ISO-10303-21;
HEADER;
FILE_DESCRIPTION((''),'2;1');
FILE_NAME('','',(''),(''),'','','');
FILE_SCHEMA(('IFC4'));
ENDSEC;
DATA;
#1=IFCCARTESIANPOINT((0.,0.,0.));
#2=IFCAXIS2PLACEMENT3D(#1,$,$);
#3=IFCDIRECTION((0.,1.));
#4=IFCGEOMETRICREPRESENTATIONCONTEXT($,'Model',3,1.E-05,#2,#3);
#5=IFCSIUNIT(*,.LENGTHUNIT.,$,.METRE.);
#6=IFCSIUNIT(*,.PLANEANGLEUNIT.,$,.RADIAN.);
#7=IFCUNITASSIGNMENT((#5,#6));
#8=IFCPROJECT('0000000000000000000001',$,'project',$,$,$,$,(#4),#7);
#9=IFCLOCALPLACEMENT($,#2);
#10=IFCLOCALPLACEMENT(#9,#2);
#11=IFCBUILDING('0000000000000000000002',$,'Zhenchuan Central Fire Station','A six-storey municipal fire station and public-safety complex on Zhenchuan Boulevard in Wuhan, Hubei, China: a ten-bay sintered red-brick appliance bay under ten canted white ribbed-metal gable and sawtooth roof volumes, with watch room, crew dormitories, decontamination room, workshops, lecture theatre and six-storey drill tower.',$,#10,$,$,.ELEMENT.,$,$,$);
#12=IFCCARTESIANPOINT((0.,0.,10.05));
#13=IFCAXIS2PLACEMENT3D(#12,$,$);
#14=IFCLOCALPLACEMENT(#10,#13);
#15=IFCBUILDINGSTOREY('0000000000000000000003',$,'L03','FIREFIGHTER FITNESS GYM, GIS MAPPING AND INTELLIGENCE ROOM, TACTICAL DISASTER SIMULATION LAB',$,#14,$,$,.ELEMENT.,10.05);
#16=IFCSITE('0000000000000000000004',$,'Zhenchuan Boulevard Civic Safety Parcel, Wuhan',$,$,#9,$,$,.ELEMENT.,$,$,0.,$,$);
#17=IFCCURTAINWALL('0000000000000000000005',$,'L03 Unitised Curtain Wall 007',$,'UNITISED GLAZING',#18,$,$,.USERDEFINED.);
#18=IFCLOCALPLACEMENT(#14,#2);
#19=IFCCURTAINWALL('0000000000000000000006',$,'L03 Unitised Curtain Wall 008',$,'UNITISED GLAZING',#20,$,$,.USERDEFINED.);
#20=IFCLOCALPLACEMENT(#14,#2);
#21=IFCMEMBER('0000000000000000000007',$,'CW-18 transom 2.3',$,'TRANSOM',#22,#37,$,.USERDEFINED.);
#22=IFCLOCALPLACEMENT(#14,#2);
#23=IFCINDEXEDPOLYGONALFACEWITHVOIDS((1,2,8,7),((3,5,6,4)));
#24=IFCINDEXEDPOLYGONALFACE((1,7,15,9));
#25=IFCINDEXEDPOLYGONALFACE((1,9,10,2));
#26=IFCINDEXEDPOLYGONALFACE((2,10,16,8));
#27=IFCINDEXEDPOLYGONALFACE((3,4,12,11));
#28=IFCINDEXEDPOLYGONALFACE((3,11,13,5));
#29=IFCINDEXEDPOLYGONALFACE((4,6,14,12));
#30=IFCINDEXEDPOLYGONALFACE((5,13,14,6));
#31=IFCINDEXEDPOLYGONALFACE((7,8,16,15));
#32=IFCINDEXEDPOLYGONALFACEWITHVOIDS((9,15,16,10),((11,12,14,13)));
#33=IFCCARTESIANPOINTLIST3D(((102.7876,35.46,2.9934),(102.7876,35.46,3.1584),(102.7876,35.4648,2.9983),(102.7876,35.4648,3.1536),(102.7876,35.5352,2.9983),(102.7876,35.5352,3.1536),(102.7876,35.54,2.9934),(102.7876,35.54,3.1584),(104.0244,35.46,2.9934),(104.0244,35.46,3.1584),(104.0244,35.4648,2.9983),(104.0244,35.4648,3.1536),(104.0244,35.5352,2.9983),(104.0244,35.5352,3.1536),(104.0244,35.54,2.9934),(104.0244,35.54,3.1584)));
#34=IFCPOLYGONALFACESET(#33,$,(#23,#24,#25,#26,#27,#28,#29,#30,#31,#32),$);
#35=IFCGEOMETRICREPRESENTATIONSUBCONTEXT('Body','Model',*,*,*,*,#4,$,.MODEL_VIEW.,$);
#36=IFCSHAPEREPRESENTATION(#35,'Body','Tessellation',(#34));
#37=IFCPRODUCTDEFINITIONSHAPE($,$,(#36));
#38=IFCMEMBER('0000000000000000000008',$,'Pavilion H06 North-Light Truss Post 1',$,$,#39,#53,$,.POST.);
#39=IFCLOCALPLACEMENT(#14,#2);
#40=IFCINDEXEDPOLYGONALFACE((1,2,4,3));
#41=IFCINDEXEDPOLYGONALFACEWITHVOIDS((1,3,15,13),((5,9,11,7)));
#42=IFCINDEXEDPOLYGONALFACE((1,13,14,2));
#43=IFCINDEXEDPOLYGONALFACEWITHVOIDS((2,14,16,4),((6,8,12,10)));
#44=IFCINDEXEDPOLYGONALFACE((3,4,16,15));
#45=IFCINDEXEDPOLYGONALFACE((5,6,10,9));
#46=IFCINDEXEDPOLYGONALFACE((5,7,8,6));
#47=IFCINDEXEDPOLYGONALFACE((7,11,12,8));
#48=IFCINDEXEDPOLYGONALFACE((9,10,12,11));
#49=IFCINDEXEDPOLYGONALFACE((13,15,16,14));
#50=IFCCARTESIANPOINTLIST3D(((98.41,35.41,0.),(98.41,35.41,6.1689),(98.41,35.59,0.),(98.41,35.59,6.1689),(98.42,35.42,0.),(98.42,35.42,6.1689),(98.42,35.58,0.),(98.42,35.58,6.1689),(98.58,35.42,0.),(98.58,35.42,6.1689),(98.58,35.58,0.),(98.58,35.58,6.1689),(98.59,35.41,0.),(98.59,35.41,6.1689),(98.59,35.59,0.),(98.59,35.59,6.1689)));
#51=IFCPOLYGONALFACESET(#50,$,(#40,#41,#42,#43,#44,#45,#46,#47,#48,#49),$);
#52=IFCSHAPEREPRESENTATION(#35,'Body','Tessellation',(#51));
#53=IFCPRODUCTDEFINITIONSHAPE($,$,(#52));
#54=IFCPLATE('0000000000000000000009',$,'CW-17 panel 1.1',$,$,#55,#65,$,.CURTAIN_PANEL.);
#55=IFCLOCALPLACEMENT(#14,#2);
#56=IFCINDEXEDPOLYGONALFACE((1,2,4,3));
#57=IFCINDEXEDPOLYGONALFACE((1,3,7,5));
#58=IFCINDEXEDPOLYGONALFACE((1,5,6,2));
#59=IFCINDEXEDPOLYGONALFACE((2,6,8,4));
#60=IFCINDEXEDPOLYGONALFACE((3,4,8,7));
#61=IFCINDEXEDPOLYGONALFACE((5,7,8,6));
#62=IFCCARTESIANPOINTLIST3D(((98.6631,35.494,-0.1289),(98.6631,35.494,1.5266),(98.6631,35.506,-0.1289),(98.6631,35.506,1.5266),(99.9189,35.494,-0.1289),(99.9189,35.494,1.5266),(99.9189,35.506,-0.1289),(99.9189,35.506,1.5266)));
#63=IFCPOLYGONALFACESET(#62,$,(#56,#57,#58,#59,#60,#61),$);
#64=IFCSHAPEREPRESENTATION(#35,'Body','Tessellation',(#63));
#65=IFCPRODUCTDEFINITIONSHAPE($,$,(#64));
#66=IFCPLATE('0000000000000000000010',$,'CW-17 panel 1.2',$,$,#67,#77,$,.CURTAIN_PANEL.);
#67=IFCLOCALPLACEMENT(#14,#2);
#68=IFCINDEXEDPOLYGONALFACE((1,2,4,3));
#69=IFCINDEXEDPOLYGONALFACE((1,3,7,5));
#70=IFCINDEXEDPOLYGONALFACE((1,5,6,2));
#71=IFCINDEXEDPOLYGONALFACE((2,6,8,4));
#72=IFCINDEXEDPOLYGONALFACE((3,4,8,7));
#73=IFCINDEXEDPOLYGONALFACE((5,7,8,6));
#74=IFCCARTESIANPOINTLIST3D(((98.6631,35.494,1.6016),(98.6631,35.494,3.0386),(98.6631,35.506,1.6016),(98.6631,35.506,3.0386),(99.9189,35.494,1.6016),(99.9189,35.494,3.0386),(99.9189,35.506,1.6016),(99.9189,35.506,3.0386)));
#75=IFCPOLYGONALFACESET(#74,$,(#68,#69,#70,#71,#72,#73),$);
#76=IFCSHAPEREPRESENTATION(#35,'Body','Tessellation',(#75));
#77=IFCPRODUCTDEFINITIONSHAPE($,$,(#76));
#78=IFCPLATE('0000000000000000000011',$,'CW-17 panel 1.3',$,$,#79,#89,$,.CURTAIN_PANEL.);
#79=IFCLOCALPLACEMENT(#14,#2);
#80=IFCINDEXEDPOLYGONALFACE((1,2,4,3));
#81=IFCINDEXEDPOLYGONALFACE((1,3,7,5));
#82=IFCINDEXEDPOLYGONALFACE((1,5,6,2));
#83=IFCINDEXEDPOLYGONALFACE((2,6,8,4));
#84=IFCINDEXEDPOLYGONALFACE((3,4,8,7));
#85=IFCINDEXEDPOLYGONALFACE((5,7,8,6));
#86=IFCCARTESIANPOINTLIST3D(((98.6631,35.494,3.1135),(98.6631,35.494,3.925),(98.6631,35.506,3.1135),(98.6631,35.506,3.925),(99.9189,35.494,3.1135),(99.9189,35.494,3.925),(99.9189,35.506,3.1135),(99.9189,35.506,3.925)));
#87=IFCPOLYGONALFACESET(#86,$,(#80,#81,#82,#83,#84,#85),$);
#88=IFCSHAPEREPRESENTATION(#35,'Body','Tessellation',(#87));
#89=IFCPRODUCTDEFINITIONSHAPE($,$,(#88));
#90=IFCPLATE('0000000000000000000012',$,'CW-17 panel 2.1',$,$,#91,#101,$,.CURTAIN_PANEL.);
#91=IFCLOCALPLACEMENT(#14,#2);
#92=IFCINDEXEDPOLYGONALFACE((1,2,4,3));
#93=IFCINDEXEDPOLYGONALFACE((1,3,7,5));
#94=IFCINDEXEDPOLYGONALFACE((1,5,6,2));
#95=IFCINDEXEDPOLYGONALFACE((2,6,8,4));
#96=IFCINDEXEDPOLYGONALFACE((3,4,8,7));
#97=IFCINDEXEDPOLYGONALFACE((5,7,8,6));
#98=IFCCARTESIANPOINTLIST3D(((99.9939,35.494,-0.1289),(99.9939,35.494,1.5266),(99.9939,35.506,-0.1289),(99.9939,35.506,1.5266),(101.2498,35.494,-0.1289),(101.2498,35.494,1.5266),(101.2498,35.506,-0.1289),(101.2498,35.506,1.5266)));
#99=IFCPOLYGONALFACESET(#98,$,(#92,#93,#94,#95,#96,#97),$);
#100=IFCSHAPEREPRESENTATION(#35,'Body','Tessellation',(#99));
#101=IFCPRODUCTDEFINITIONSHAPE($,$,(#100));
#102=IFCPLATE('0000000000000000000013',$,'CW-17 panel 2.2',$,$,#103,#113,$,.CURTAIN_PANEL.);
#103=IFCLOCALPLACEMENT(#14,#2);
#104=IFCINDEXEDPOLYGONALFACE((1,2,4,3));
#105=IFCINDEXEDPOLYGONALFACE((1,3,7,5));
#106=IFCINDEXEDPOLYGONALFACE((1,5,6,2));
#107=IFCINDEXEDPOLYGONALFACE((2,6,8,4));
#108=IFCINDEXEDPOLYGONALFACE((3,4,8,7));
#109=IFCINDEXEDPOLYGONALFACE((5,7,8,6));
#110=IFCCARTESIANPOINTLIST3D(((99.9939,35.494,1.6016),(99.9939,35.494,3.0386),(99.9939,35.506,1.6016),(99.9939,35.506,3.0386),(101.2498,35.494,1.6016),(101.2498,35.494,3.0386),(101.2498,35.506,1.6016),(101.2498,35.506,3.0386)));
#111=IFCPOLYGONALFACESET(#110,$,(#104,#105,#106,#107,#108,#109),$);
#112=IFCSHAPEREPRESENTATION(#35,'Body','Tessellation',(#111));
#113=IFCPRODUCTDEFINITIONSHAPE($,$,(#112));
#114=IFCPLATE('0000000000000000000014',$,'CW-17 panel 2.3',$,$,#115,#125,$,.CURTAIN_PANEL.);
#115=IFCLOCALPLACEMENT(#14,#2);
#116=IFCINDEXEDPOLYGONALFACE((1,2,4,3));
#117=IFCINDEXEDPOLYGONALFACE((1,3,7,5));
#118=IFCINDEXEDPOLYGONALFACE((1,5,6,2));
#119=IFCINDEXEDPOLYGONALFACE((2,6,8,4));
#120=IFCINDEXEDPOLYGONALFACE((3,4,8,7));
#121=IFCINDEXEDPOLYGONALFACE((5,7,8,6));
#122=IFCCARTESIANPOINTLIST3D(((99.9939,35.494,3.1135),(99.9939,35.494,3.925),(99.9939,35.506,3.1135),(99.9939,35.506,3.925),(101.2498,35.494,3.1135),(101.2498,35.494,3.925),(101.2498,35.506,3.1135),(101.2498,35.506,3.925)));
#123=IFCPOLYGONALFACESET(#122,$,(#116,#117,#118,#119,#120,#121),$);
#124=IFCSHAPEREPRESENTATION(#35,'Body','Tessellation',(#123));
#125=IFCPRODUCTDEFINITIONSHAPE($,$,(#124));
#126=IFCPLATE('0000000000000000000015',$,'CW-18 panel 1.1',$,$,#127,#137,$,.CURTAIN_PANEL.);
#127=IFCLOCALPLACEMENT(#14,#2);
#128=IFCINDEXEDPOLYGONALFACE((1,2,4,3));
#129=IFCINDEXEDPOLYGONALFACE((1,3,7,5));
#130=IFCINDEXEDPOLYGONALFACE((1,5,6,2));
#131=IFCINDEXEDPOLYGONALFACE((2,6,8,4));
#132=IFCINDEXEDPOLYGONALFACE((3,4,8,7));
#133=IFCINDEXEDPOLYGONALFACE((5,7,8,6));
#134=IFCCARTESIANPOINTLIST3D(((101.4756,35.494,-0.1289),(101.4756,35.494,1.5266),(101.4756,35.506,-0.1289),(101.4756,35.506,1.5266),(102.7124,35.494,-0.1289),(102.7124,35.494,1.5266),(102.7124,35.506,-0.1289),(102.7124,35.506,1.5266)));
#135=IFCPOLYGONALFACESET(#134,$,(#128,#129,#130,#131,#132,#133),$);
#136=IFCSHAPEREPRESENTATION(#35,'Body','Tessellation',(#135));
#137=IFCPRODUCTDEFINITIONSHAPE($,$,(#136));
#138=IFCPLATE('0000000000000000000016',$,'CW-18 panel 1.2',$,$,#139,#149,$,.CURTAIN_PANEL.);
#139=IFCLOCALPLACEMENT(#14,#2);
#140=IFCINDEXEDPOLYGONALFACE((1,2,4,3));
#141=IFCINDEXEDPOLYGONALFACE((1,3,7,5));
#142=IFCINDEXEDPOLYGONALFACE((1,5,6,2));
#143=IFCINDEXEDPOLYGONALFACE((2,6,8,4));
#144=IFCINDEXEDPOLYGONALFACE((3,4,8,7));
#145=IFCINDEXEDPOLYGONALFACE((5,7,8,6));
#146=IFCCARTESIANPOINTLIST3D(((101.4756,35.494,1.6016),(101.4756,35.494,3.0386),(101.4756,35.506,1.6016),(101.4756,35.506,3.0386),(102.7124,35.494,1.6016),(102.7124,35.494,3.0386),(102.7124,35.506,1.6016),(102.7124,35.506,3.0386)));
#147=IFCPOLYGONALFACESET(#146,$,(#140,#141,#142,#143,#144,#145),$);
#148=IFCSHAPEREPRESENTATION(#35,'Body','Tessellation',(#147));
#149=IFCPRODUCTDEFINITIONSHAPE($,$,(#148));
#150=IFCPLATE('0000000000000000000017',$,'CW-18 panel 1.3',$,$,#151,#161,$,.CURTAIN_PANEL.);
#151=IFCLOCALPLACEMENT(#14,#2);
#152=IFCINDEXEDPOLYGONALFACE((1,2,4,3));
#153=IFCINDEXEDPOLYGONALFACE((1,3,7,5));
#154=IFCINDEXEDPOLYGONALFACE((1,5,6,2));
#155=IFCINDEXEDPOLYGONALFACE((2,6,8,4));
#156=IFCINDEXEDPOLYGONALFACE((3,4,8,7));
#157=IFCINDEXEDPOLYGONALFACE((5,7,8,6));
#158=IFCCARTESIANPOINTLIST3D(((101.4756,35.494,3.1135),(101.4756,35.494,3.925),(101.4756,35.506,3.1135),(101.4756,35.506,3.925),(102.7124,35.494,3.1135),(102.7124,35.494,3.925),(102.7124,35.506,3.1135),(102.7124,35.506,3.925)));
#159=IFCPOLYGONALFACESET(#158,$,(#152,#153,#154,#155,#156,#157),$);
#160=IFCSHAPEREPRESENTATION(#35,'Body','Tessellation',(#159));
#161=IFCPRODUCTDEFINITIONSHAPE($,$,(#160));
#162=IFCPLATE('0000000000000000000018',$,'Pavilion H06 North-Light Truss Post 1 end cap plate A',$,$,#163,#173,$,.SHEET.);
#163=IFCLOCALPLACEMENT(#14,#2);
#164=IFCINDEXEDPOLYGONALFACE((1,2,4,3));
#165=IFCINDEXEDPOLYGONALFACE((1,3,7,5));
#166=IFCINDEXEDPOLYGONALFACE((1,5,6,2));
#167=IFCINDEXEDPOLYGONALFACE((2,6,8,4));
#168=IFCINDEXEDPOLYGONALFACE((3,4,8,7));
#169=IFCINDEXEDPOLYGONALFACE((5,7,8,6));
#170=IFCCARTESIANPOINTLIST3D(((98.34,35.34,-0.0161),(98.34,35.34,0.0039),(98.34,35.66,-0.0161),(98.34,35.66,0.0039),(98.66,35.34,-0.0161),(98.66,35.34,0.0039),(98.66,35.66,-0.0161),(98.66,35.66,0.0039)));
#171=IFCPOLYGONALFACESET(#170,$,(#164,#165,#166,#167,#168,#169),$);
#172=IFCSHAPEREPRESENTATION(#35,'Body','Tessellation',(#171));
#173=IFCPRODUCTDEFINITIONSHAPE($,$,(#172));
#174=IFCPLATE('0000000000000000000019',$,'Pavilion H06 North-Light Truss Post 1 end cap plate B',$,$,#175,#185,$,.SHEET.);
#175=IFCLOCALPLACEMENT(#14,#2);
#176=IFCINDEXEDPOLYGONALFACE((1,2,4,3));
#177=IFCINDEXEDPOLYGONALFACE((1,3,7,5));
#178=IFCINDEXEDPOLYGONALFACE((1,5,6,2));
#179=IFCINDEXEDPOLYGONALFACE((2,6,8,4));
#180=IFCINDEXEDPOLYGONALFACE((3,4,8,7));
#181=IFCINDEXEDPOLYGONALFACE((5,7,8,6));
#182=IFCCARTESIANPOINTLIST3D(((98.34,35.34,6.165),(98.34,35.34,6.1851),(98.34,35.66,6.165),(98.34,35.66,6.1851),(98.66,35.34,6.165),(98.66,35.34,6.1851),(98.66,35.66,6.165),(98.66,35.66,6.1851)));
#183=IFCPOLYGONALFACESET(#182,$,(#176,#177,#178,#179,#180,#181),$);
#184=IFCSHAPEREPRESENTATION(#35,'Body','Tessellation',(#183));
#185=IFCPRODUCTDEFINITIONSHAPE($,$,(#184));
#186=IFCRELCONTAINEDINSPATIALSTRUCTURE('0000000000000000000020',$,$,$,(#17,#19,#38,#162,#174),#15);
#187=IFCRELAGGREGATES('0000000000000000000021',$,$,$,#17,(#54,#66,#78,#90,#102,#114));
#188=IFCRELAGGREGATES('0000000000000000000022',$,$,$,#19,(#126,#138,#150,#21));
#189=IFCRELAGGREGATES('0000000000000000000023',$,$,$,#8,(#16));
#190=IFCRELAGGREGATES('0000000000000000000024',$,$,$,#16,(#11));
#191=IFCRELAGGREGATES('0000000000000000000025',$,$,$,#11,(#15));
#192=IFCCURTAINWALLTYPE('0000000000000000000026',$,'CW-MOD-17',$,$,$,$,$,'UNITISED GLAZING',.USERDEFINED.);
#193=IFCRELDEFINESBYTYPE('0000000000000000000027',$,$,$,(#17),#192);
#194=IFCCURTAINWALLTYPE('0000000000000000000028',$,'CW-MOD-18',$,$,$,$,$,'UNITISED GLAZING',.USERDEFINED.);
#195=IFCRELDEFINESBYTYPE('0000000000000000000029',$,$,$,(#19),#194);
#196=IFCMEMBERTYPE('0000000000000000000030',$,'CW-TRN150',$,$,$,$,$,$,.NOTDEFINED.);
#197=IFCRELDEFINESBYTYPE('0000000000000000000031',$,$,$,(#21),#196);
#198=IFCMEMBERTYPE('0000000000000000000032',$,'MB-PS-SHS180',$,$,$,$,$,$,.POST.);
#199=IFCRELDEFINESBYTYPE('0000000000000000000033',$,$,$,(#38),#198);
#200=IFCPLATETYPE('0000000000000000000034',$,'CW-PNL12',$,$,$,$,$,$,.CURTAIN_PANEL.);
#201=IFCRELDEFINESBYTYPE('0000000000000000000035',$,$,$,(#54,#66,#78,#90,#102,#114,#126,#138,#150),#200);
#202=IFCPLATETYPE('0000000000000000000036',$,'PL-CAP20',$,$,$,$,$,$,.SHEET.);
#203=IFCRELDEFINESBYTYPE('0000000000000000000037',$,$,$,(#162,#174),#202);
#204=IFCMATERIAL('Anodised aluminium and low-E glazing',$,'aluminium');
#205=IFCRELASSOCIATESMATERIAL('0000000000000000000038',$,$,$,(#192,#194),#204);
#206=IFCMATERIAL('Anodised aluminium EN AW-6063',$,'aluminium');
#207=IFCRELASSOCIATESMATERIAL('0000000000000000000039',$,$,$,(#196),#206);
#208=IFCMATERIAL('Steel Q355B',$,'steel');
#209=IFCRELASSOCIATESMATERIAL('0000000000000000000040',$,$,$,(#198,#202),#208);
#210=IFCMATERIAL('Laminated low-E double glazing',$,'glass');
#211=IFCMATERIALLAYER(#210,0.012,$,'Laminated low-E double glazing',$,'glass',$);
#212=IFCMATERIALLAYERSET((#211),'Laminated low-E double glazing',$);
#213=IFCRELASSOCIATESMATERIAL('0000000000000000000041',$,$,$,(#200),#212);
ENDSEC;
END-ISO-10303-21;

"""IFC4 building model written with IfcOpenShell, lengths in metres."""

from ifc_helpers import new_model, si_unit, direction, frame, origin, origin_2d, place, context, subcontext, project, spatial, rectangle, hollow_rectangle, extrude, material, layer, layer_set, material_profile, profile_set, type_object, element, aggregate, save


model = new_model("IFC4")

# Units and contexts
model_context = context("Model", 3, precision=1e-05, world=origin(), true_north=direction((0.0, 1.0)))
body_context = subcontext(model_context, "Body", "Model", "MODEL_VIEW")
ifc_project = project(units=[si_unit("LENGTHUNIT", "METRE"), si_unit("PLANEANGLEUNIT", "RADIAN")], contexts=[model_context])

# Site, building, storey
site_placement = place(None, origin())
site = spatial("IfcSite", under=ifc_project, at=site_placement, Name="Zhenchuan Boulevard Civic Safety Parcel, Wuhan", CompositionType="ELEMENT", RefElevation=0.0)
building_placement = place(site_placement, origin())
building = spatial("IfcBuilding", under=site, at=building_placement, Name="Zhenchuan Central Fire Station", Description="A six-storey municipal fire station and public-safety complex on Zhenchuan Boulevard in Wuhan, Hubei, China: a ten-bay sintered red-brick appliance bay under ten canted white ribbed-metal gable and sawtooth roof volumes, with watch room, crew dormitories, decontamination room, workshops, lecture theatre and six-storey drill tower.", CompositionType="ELEMENT")
storey_placement = place(building_placement, frame((0.0, 0.0, 10.05)))
storey = spatial("IfcBuildingStorey", under=building, at=storey_placement, Name="L03", Description="FIREFIGHTER FITNESS GYM, GIS MAPPING AND INTELLIGENCE ROOM, TACTICAL DISASTER SIMULATION LAB", CompositionType="ELEMENT", Elevation=10.05)

# Shared definitions
ifc_material_1 = material(Name="Steel Q355B", Category="steel")

# Curtain walls
ifc_material_2 = material(Name="Anodised aluminium and low-E glazing", Category="aluminium")
curtain_wall_type_1 = type_object("IfcCurtainWallType", Name="CW-MOD-17", ElementType="UNITISED GLAZING", PredefinedType="USERDEFINED", material=ifc_material_2)
curtain_wall_1_placement = place(storey_placement, origin())
curtain_wall_1 = element("IfcCurtainWall", 1, at=curtain_wall_1_placement, inside=storey, type_object=curtain_wall_type_1, Name="L03 Unitised Curtain Wall 007", ObjectType="UNITISED GLAZING", PredefinedType="USERDEFINED")
ifc_material_3 = material(Name="Anodised aluminium EN AW-6063", Category="aluminium")
curtain_wall_type_2 = type_object("IfcCurtainWallType", Name="CW-MOD-18", ElementType="UNITISED GLAZING", PredefinedType="USERDEFINED", material=ifc_material_2)
curtain_wall_2_placement = place(storey_placement, origin())
curtain_wall_2 = element("IfcCurtainWall", 2, at=curtain_wall_2_placement, inside=storey, type_object=curtain_wall_type_2, Name="L03 Unitised Curtain Wall 008", ObjectType="UNITISED GLAZING", PredefinedType="USERDEFINED")

# Members
ifc_material_profile_1 = material_profile(ifc_material_3, hollow_rectangle(XDim=0.0801, YDim=0.165, WallThickness=0.0049, at=origin_2d()), Name="ALU-T 165x80")
ifc_profile_set_1 = profile_set([ifc_material_profile_1], Name="Anodised aluminium EN AW-6063")
member_type_1 = type_object("IfcMemberType", Name="CW-TRN150", PredefinedType="NOTDEFINED", material=ifc_profile_set_1)
member_1_placement = place(storey_placement, frame((102.7876, 35.5, 3.0759), z_axis=(1.0, 0.0, 0.0), x_axis=(0.0, 1.0, 0.0)))
member_1 = element("IfcMember", 3, at=member_1_placement, type_object=member_type_1, Name="CW-18 transom 2.3", ObjectType="TRANSOM", PredefinedType="USERDEFINED", context=body_context, shape_type="SweptSolid", body=[
    extrude(hollow_rectangle(XDim=0.0801, YDim=0.165, WallThickness=0.0049, at=origin_2d()), origin(), (0.0, 0.0, 1.0), 1.2368),
])
ifc_material_profile_2 = material_profile(ifc_material_1, hollow_rectangle(XDim=0.1799, YDim=0.1799, WallThickness=0.01, at=origin_2d()), Name="SHS 180x180x10")
ifc_profile_set_2 = profile_set([ifc_material_profile_2], Name="Steel Q355B")
member_type_2 = type_object("IfcMemberType", Name="MB-PS-SHS180", PredefinedType="POST", material=ifc_profile_set_2)
member_2_placement = place(storey_placement, frame((98.5, 35.5, 0.0), z_axis=(0.0, 0.0, 1.0), x_axis=(1.0, 0.0, 0.0)))
element("IfcMember", 4, at=member_2_placement, inside=storey, type_object=member_type_2, Name="Pavilion H06 North-Light Truss Post 1", PredefinedType="POST", context=body_context, shape_type="SweptSolid", body=[
    extrude(hollow_rectangle(XDim=0.1799, YDim=0.1799, WallThickness=0.01, at=origin_2d()), origin(), (0.0, 0.0, 1.0), 6.1689),
])

# Plates
ifc_material_4 = material(Name="Laminated low-E double glazing", Category="glass")
ifc_layer = layer(ifc_material_4, 0.012, Name="Laminated low-E double glazing", Category="glass")
ifc_layer_set = layer_set([ifc_layer], Name="Laminated low-E double glazing")
plate_type_1 = type_object("IfcPlateType", Name="CW-PNL12", PredefinedType="CURTAIN_PANEL", material=ifc_layer_set)
plate_1_placement = place(storey_placement, frame((99.291, 35.5, -0.1289), z_axis=(0.0, 0.0, 1.0), x_axis=(1.0, 0.0, 0.0)))
plate_1 = element("IfcPlate", 5, at=plate_1_placement, type_object=plate_type_1, Name="CW-17 panel 1.1", PredefinedType="CURTAIN_PANEL", context=body_context, shape_type="SweptSolid", body=[
    extrude(rectangle(XDim=1.2559, YDim=0.012, at=origin_2d()), origin(), (0.0, 0.0, 1.0), 1.6555),
])
plate_2_placement = place(storey_placement, frame((99.291, 35.5, 1.6016), z_axis=(0.0, 0.0, 1.0), x_axis=(1.0, 0.0, 0.0)))
plate_2 = element("IfcPlate", 6, at=plate_2_placement, type_object=plate_type_1, Name="CW-17 panel 1.2", PredefinedType="CURTAIN_PANEL", context=body_context, shape_type="SweptSolid", body=[
    extrude(rectangle(XDim=1.2559, YDim=0.012, at=origin_2d()), origin(), (0.0, 0.0, 1.0), 1.437),
])
plate_3_placement = place(storey_placement, frame((99.291, 35.5, 3.1135), z_axis=(0.0, 0.0, 1.0), x_axis=(1.0, 0.0, 0.0)))
plate_3 = element("IfcPlate", 7, at=plate_3_placement, type_object=plate_type_1, Name="CW-17 panel 1.3", PredefinedType="CURTAIN_PANEL", context=body_context, shape_type="SweptSolid", body=[
    extrude(rectangle(XDim=1.2559, YDim=0.012, at=origin_2d()), origin(), (0.0, 0.0, 1.0), 0.8115),
])
plate_4_placement = place(storey_placement, frame((100.6218, 35.5, -0.1289), z_axis=(0.0, 0.0, 1.0), x_axis=(1.0, 0.0, 0.0)))
plate_4 = element("IfcPlate", 8, at=plate_4_placement, type_object=plate_type_1, Name="CW-17 panel 2.1", PredefinedType="CURTAIN_PANEL", context=body_context, shape_type="SweptSolid", body=[
    extrude(rectangle(XDim=1.2559, YDim=0.012, at=origin_2d()), origin(), (0.0, 0.0, 1.0), 1.6555),
])
plate_5_placement = place(storey_placement, frame((100.6218, 35.5, 1.6016), z_axis=(0.0, 0.0, 1.0), x_axis=(1.0, 0.0, 0.0)))
plate_5 = element("IfcPlate", 9, at=plate_5_placement, type_object=plate_type_1, Name="CW-17 panel 2.2", PredefinedType="CURTAIN_PANEL", context=body_context, shape_type="SweptSolid", body=[
    extrude(rectangle(XDim=1.2559, YDim=0.012, at=origin_2d()), origin(), (0.0, 0.0, 1.0), 1.437),
])
plate_6_placement = place(storey_placement, frame((100.6218, 35.5, 3.1135), z_axis=(0.0, 0.0, 1.0), x_axis=(1.0, 0.0, 0.0)))
plate_6 = element("IfcPlate", 10, at=plate_6_placement, type_object=plate_type_1, Name="CW-17 panel 2.3", PredefinedType="CURTAIN_PANEL", context=body_context, shape_type="SweptSolid", body=[
    extrude(rectangle(XDim=1.2559, YDim=0.012, at=origin_2d()), origin(), (0.0, 0.0, 1.0), 0.8115),
])
aggregate(curtain_wall_1, [plate_1, plate_2, plate_3, plate_4, plate_5, plate_6])
plate_7_placement = place(storey_placement, frame((102.094, 35.5, -0.1289), z_axis=(0.0, 0.0, 1.0), x_axis=(1.0, 0.0, 0.0)))
plate_7 = element("IfcPlate", 11, at=plate_7_placement, type_object=plate_type_1, Name="CW-18 panel 1.1", PredefinedType="CURTAIN_PANEL", context=body_context, shape_type="SweptSolid", body=[
    extrude(rectangle(XDim=1.2368, YDim=0.012, at=origin_2d()), origin(), (0.0, 0.0, 1.0), 1.6555),
])
plate_8_placement = place(storey_placement, frame((102.094, 35.5, 1.6016), z_axis=(0.0, 0.0, 1.0), x_axis=(1.0, 0.0, 0.0)))
plate_8 = element("IfcPlate", 12, at=plate_8_placement, type_object=plate_type_1, Name="CW-18 panel 1.2", PredefinedType="CURTAIN_PANEL", context=body_context, shape_type="SweptSolid", body=[
    extrude(rectangle(XDim=1.2368, YDim=0.012, at=origin_2d()), origin(), (0.0, 0.0, 1.0), 1.437),
])
plate_9_placement = place(storey_placement, frame((102.094, 35.5, 3.1135), z_axis=(0.0, 0.0, 1.0), x_axis=(1.0, 0.0, 0.0)))
plate_9 = element("IfcPlate", 13, at=plate_9_placement, type_object=plate_type_1, Name="CW-18 panel 1.3", PredefinedType="CURTAIN_PANEL", context=body_context, shape_type="SweptSolid", body=[
    extrude(rectangle(XDim=1.2368, YDim=0.012, at=origin_2d()), origin(), (0.0, 0.0, 1.0), 0.8115),
])
aggregate(curtain_wall_2, [plate_7, plate_8, plate_9, member_1])

# Plates
ifc_material_profile_3 = material_profile(ifc_material_1, rectangle(XDim=0.3201, YDim=0.3201, at=origin_2d()), Name="PL 320x320x20")
ifc_profile_set_3 = profile_set([ifc_material_profile_3], Name="Steel Q355B")
plate_type_2 = type_object("IfcPlateType", Name="PL-CAP20", PredefinedType="SHEET", material=ifc_profile_set_3)
for number, where, z_axis, x_axis, name in (
    (14, (98.5, 35.5, -0.0161), (0.0, 0.0, 1.0), (1.0, 0.0, 0.0), "Pavilion H06 North-Light Truss Post 1 end cap plate A"),
    (15, (98.5, 35.5, 6.165), (0.0, 0.0, 1.0), (1.0, 0.0, 0.0), "Pavilion H06 North-Light Truss Post 1 end cap plate B"),
):
    element("IfcPlate", number, at=place(storey_placement, frame(where, z_axis=z_axis, x_axis=x_axis)), inside=storey, type_object=plate_type_2, Name=name, PredefinedType="SHEET", context=body_context, shape_type="SweptSolid", body=[
        extrude(rectangle(XDim=0.3201, YDim=0.3201, at=origin_2d()), origin(), (0.0, 0.0, 1.0), 0.02),
    ])

save(model, "model.ifc")
